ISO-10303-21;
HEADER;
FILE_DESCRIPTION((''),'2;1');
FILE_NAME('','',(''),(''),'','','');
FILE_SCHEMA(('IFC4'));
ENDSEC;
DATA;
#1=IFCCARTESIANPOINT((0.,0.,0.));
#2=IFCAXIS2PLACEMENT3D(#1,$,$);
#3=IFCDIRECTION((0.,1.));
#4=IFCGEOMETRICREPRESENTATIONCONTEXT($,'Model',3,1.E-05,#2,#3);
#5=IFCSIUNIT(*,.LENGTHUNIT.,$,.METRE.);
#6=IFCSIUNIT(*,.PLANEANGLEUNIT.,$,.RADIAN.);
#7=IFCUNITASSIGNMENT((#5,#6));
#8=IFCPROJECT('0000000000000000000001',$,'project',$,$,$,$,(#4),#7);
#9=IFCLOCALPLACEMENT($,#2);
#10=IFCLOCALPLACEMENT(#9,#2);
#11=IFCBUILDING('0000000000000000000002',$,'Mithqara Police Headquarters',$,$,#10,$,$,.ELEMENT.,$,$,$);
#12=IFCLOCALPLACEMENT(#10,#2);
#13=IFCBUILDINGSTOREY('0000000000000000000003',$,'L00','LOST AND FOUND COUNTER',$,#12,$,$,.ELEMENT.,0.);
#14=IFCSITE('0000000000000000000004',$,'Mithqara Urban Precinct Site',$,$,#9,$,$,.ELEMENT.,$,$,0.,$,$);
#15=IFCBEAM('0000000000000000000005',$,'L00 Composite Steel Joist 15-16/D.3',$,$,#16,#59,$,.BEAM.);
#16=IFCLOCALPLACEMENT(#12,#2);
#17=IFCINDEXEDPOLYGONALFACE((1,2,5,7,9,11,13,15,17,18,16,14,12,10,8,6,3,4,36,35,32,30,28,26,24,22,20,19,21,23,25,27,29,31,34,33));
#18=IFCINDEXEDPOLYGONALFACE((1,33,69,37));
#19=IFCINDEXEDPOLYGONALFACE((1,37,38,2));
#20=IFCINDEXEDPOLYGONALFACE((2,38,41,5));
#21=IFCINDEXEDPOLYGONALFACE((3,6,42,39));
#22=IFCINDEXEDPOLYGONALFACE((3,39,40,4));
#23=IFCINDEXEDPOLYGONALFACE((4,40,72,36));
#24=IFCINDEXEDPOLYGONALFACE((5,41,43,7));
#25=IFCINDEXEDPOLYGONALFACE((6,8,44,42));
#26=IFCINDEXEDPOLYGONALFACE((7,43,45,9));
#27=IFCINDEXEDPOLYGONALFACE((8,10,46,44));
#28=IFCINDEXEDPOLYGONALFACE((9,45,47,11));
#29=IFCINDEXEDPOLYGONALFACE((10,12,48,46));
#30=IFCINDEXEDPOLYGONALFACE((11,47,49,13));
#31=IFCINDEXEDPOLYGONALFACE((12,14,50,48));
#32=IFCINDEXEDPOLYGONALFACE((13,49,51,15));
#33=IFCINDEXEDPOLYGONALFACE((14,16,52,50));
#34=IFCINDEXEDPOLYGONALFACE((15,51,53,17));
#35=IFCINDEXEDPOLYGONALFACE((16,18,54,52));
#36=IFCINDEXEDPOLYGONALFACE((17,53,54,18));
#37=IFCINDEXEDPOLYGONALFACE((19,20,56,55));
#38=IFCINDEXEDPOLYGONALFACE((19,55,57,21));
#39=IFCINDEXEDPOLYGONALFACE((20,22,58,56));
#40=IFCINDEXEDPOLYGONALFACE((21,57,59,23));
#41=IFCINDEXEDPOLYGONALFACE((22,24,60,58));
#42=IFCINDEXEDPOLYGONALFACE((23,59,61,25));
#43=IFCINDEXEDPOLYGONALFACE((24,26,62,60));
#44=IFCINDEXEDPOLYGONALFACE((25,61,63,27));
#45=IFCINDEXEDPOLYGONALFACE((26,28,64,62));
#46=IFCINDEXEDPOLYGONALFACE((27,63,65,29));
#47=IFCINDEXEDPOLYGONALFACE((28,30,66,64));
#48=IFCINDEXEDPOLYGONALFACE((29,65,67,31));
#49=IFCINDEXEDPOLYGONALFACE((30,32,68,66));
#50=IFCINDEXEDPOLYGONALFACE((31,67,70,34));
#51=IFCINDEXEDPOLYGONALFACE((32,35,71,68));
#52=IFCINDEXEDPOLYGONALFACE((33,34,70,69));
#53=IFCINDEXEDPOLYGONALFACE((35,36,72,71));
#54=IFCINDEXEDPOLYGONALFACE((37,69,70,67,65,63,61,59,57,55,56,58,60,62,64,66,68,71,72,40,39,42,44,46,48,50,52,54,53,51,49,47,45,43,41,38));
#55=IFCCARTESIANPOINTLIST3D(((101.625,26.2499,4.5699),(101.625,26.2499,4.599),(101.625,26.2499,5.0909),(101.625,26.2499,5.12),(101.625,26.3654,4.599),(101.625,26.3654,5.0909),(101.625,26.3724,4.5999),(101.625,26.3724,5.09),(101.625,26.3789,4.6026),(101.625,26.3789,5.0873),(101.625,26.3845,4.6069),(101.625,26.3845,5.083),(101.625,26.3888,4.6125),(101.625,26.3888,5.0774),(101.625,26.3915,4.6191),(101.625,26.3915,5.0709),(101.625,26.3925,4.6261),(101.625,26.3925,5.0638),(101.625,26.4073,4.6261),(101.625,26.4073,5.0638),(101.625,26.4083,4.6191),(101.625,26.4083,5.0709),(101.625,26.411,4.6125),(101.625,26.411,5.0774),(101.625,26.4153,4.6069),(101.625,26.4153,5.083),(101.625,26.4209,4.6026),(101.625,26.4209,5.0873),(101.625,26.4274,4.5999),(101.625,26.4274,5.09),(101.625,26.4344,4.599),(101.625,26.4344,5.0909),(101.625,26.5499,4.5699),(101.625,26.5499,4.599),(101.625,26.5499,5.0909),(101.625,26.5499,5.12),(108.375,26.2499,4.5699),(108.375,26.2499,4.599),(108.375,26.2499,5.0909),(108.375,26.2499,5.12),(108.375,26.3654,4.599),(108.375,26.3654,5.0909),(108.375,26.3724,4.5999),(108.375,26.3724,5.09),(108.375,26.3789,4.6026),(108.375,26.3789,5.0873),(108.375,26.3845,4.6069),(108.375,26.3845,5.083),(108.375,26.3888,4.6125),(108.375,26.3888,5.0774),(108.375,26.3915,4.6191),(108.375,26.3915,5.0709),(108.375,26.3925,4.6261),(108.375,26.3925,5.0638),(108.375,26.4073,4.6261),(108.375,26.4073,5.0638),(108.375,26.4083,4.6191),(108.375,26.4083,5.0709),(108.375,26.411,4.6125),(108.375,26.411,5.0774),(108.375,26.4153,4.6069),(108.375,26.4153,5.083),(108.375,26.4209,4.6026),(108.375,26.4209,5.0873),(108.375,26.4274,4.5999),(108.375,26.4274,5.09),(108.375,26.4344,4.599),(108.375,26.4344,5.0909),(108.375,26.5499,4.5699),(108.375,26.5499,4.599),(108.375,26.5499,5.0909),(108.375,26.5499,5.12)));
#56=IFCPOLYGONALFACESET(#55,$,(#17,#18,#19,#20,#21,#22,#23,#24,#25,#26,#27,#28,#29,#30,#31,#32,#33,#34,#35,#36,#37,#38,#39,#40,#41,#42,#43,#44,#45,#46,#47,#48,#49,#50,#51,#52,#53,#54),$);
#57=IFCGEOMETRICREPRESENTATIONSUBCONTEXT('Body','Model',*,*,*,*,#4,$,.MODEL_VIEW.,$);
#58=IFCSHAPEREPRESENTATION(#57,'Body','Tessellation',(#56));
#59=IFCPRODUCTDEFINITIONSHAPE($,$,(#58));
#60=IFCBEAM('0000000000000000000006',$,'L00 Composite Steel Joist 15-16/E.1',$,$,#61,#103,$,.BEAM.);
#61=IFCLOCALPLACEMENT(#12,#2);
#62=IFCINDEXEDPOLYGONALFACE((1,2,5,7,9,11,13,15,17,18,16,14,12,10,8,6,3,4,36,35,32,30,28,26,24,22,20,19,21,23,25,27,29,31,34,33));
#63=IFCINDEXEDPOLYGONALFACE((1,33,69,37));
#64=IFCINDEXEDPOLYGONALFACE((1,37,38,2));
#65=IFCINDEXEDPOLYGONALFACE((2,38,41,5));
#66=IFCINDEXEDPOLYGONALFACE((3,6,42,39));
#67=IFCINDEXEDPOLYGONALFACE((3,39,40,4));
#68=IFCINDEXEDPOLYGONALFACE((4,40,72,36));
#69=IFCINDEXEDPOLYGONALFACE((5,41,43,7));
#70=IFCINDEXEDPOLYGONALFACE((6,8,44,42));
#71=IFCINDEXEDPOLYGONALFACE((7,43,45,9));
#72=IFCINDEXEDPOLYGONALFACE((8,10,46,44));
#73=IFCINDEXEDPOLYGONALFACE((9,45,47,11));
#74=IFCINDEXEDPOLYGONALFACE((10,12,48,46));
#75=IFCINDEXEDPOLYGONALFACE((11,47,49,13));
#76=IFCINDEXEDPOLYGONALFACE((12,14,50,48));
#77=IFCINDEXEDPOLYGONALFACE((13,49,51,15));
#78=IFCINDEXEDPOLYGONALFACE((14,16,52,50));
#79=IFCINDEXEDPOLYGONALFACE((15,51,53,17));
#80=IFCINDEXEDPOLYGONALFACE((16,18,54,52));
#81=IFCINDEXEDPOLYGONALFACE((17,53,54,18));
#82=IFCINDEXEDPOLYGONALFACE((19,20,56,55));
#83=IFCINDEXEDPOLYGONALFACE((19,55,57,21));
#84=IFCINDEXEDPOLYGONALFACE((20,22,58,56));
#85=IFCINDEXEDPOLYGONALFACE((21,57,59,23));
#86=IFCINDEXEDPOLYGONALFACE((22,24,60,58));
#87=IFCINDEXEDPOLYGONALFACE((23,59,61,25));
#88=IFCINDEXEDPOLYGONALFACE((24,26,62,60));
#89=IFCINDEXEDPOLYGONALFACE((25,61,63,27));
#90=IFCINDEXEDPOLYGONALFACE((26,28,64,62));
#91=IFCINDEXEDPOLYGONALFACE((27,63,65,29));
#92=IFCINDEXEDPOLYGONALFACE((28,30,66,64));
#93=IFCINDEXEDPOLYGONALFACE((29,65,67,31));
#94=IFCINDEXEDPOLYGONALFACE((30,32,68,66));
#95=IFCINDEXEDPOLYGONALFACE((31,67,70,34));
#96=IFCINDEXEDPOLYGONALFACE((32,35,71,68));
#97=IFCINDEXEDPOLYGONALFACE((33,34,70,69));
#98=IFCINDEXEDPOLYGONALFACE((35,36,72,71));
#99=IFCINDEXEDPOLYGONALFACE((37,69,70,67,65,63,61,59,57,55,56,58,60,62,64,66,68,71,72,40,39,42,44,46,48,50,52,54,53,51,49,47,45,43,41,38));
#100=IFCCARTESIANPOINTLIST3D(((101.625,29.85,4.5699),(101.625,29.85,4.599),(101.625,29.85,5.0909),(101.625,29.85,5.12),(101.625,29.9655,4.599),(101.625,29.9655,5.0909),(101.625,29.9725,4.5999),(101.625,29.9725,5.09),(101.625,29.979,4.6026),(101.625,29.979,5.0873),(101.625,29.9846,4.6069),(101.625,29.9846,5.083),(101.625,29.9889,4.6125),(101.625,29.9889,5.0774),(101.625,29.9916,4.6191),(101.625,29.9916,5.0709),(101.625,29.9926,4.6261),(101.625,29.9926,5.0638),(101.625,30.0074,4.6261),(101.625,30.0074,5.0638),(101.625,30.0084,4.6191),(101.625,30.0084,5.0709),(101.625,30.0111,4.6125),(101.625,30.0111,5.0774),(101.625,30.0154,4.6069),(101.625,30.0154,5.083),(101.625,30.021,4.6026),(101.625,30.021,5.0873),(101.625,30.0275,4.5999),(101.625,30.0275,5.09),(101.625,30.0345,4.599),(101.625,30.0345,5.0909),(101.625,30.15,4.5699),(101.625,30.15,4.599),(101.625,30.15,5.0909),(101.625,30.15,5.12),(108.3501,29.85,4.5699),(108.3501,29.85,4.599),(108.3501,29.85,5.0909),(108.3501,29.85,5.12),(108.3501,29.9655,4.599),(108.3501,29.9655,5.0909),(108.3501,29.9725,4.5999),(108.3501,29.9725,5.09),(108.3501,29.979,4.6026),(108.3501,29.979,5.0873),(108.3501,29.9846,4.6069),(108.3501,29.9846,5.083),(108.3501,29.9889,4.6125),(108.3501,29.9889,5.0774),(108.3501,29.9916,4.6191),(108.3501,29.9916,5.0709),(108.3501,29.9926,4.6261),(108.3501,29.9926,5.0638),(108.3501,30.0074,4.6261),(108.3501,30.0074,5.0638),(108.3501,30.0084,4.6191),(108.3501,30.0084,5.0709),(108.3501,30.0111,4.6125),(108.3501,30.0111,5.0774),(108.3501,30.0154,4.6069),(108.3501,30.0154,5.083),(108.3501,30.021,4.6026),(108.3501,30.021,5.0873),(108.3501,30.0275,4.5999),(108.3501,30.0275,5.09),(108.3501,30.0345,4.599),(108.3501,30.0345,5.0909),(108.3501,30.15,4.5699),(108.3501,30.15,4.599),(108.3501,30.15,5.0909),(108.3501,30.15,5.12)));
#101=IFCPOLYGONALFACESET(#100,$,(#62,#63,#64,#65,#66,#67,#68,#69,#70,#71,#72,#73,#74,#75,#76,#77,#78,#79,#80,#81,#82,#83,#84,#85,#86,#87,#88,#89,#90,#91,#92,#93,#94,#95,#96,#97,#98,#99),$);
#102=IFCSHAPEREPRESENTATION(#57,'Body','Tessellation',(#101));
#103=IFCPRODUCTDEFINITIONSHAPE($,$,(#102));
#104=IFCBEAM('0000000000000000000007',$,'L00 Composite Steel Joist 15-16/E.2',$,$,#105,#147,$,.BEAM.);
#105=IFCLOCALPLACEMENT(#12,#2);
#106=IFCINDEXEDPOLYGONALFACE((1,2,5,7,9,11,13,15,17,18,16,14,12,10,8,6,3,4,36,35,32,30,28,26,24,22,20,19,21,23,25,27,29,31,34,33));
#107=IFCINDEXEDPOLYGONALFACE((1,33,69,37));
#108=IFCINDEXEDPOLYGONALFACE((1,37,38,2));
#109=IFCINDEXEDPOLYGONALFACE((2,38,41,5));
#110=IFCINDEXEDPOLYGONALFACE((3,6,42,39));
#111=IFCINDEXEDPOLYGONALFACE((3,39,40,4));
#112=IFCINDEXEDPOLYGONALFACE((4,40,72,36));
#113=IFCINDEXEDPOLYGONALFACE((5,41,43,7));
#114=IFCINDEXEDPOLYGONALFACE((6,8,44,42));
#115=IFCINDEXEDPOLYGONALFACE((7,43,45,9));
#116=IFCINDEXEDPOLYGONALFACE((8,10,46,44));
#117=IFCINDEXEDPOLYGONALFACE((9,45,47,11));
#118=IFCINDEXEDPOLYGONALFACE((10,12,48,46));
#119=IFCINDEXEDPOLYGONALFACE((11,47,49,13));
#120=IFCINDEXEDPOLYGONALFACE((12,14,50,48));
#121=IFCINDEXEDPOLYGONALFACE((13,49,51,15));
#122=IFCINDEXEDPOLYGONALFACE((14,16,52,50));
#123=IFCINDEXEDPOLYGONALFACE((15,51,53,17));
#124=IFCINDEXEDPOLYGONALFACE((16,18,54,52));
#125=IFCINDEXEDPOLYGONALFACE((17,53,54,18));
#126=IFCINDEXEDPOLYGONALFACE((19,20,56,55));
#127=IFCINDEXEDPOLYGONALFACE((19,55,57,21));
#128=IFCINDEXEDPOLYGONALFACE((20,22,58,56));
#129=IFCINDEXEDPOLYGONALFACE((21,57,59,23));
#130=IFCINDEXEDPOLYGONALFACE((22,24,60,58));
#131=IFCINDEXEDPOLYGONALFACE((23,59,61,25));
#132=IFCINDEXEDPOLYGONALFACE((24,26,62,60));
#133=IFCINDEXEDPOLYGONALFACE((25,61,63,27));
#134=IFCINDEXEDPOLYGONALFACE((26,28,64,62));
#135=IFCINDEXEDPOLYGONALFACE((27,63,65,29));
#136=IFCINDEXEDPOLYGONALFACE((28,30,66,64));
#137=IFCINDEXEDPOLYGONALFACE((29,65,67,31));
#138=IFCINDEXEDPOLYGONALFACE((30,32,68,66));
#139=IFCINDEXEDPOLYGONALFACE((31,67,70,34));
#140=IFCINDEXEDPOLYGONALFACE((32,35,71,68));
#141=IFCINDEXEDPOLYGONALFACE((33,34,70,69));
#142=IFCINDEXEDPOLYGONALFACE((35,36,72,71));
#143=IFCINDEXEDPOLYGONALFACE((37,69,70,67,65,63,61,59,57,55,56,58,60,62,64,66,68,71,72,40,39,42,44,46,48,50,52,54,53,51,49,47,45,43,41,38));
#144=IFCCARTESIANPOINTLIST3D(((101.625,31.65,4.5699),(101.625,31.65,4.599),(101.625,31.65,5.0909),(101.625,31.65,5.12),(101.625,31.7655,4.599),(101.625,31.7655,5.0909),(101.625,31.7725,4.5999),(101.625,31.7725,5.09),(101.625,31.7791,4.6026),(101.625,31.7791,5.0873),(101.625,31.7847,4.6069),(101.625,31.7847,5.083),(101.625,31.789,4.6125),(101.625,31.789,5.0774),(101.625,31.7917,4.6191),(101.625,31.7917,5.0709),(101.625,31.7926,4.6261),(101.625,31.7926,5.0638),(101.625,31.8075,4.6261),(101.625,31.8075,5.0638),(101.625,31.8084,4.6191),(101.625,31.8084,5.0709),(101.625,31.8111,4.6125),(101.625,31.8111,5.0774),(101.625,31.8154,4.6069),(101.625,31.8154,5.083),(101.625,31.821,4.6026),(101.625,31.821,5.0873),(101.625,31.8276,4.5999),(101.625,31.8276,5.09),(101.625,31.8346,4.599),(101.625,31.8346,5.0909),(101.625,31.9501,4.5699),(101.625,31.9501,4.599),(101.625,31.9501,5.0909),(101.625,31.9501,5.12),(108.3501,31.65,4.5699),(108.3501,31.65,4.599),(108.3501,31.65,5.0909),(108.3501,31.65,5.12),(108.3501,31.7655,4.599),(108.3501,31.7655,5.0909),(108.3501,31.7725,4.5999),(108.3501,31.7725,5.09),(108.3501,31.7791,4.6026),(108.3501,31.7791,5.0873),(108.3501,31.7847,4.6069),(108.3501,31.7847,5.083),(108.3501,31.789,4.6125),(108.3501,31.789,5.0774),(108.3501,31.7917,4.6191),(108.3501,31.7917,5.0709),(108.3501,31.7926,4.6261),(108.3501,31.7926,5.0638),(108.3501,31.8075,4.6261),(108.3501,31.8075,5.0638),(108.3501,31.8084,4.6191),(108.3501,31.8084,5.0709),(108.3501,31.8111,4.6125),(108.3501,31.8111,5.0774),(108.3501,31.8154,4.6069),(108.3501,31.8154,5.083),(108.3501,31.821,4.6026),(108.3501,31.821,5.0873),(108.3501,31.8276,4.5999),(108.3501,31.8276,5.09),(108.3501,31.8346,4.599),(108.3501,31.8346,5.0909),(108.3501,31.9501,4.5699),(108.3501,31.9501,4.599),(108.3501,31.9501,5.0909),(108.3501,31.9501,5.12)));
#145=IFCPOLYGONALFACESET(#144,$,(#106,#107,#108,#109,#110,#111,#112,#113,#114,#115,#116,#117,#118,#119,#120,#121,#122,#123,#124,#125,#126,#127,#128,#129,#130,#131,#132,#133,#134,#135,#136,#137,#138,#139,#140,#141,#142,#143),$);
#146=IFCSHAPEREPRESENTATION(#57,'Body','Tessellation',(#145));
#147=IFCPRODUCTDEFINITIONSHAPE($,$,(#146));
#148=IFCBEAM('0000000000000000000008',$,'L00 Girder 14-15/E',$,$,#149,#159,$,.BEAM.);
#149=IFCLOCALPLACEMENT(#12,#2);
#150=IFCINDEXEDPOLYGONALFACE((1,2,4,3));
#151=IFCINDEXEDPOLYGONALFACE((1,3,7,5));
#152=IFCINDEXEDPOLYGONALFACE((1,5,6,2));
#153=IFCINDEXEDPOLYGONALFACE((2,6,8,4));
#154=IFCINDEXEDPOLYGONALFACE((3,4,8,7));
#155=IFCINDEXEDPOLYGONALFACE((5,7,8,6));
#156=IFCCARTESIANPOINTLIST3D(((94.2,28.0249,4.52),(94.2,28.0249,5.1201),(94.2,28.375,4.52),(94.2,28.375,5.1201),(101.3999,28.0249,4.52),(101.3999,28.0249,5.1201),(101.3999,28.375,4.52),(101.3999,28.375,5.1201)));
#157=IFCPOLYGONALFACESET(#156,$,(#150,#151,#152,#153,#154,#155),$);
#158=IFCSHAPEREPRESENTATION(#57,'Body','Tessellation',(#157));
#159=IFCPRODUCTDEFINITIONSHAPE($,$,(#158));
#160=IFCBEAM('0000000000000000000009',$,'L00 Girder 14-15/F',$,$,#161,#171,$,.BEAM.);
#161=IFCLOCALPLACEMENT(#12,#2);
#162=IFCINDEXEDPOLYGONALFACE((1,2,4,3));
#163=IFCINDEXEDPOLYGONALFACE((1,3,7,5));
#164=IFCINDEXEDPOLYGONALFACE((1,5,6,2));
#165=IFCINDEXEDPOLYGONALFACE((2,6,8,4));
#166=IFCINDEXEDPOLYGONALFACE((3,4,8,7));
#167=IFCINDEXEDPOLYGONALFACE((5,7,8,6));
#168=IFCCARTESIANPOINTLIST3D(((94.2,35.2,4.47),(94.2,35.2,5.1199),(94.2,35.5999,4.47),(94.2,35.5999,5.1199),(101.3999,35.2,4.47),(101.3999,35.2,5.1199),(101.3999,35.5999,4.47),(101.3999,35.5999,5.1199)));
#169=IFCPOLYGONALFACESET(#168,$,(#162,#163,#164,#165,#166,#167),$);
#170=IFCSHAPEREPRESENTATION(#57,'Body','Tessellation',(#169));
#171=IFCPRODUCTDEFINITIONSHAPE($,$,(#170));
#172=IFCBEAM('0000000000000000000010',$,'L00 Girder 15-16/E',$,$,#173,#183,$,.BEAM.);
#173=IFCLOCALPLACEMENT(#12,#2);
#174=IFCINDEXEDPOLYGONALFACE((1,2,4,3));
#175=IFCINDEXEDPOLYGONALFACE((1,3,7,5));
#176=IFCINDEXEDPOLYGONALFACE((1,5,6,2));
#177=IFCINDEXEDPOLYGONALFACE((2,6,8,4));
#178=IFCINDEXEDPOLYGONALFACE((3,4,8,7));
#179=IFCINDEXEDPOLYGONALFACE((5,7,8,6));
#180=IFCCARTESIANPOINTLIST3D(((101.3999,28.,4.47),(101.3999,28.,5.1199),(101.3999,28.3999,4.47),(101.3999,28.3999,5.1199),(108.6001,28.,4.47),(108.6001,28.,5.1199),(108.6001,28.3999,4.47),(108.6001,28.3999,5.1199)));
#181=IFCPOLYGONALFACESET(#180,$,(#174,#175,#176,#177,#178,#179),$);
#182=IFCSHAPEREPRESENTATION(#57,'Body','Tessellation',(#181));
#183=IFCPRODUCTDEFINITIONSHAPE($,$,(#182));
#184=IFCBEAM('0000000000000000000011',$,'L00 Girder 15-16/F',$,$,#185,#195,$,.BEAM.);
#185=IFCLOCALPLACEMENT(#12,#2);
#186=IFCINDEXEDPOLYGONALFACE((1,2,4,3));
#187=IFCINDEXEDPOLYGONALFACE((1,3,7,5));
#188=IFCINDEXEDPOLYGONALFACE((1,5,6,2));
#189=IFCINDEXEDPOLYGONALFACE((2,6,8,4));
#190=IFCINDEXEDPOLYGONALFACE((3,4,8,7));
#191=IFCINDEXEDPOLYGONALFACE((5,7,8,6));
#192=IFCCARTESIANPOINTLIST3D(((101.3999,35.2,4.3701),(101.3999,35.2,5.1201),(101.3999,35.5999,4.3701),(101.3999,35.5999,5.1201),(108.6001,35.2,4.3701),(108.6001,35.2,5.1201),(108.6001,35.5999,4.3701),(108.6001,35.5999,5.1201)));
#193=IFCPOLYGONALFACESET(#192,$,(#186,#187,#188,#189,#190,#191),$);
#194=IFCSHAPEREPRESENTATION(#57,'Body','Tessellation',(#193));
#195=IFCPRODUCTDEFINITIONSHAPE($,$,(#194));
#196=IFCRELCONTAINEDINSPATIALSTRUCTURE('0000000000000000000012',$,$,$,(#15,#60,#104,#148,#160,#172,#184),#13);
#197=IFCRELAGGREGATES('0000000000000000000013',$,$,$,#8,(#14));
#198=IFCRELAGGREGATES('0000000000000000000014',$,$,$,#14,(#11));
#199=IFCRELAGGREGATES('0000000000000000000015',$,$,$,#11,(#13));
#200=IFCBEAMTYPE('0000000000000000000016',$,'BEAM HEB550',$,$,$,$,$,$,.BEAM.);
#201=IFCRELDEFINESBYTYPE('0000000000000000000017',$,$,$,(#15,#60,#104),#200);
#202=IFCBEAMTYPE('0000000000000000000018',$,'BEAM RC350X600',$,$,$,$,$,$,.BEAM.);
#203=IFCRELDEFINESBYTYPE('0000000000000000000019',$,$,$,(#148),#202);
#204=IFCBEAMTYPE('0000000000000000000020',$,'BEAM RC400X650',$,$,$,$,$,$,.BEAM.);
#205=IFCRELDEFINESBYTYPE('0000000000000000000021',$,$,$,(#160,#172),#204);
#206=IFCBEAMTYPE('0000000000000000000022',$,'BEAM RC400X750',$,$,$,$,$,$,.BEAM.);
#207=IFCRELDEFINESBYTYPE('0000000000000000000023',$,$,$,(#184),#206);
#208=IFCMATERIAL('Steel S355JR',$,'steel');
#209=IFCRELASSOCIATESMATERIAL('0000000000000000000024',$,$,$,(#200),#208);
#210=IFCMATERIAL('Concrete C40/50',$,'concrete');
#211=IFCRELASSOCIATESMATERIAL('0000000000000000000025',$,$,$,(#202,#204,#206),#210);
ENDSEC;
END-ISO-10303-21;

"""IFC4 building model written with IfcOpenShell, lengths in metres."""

from ifc_helpers import new_model, si_unit, direction, frame, origin, origin_2d, place, context, subcontext, project, spatial, rectangle, i_section, extrude, material, material_profile, profile_set, type_object, element, save


model = new_model("IFC4")

# Units and contexts
model_context = context("Model", 3, precision=1e-05, world=origin(), true_north=direction((0.0, 1.0)))
body_context = subcontext(model_context, "Body", "Model", "MODEL_VIEW")
ifc_project = project(units=[si_unit("LENGTHUNIT", "METRE"), si_unit("PLANEANGLEUNIT", "RADIAN")], contexts=[model_context])

# Site, building, storey
site_placement = place(None, origin())
site = spatial("IfcSite", under=ifc_project, at=site_placement, Name="Mithqara Urban Precinct Site", CompositionType="ELEMENT", RefElevation=0.0)
building_placement = place(site_placement, origin())
building = spatial("IfcBuilding", under=site, at=building_placement, Name="Mithqara Police Headquarters", CompositionType="ELEMENT")
storey_placement = place(building_placement, origin())
storey = spatial("IfcBuildingStorey", under=building, at=storey_placement, Name="L00", Description="LOST AND FOUND COUNTER", CompositionType="ELEMENT", Elevation=0.0)

# Beams
ifc_material_1 = material(Name="Steel S355JR", Category="steel")
ifc_material_profile_1 = material_profile(ifc_material_1, i_section(OverallWidth=0.3, OverallDepth=0.55, WebThickness=0.0149, FlangeThickness=0.0291, FilletRadius=0.0271, at=origin_2d()), Name="HEB 550")
ifc_profile_set_1 = profile_set([ifc_material_profile_1], Name="Steel S355JR")
beam_type_1 = type_object("IfcBeamType", Name="BEAM HEB550", PredefinedType="BEAM", material=ifc_profile_set_1)
for number, where, z_axis, x_axis, name in (
    (1, (101.625, 26.3999, 4.845), (1.0, 0.0, 0.0), (0.0, 1.0, 0.0), "L00 Composite Steel Joist 15-16/D.3"),
):
    element("IfcBeam", number, at=place(storey_placement, frame(where, z_axis=z_axis, x_axis=x_axis)), inside=storey, type_object=beam_type_1, Name=name, PredefinedType="BEAM", context=body_context, shape_type="SweptSolid", body=[
        extrude(i_section(OverallWidth=0.3, OverallDepth=0.55, WebThickness=0.0149, FlangeThickness=0.0291, FilletRadius=0.0271, at=origin_2d()), origin(), (0.0, 0.0, 1.0), 6.75),
    ])
for number, where, z_axis, x_axis, name in (
    (2, (101.625, 30.0, 4.845), (1.0, 0.0, 0.0), (0.0, 1.0, 0.0), "L00 Composite Steel Joist 15-16/E.1"),
    (3, (101.625, 31.8, 4.845), (1.0, 0.0, 0.0), (0.0, 1.0, 0.0), "L00 Composite Steel Joist 15-16/E.2"),
):
    element("IfcBeam", number, at=place(storey_placement, frame(where, z_axis=z_axis, x_axis=x_axis)), inside=storey, type_object=beam_type_1, Name=name, PredefinedType="BEAM", context=body_context, shape_type="SweptSolid", body=[
        extrude(i_section(OverallWidth=0.3, OverallDepth=0.55, WebThickness=0.0149, FlangeThickness=0.0291, FilletRadius=0.0271, at=origin_2d()), origin(), (0.0, 0.0, 1.0), 6.7251),
    ])
ifc_material_2 = material(Name="Concrete C40/50", Category="concrete")
ifc_material_profile_2 = material_profile(ifc_material_2, rectangle(XDim=0.3501, YDim=0.6001, at=origin_2d()), Name="RC 350x600")
ifc_profile_set_2 = profile_set([ifc_material_profile_2], Name="Concrete C40/50")
beam_type_2 = type_object("IfcBeamType", Name="BEAM RC350X600", PredefinedType="BEAM", material=ifc_profile_set_2)
beam_1_placement = place(storey_placement, frame((94.2, 28.2, 4.8201), z_axis=(1.0, 0.0, 0.0), x_axis=(0.0, 1.0, 0.0)))
element("IfcBeam", 4, at=beam_1_placement, inside=storey, type_object=beam_type_2, Name="L00 Girder 14-15/E", PredefinedType="BEAM", context=body_context, shape_type="SweptSolid", body=[
    extrude(rectangle(XDim=0.3501, YDim=0.6001, at=origin_2d()), origin(), (0.0, 0.0, 1.0), 7.2),
])
ifc_material_profile_3 = material_profile(ifc_material_2, rectangle(XDim=0.3999, YDim=0.6499, at=origin_2d()), Name="RC 400x650")
ifc_profile_set_3 = profile_set([ifc_material_profile_3], Name="Concrete C40/50")
beam_type_3 = type_object("IfcBeamType", Name="BEAM RC400X650", PredefinedType="BEAM", material=ifc_profile_set_3)
beam_2_placement = place(storey_placement, frame((94.2, 35.3999, 4.7949), z_axis=(1.0, 0.0, 0.0), x_axis=(0.0, 1.0, 0.0)))
element("IfcBeam", 5, at=beam_2_placement, inside=storey, type_object=beam_type_3, Name="L00 Girder 14-15/F", PredefinedType="BEAM", context=body_context, shape_type="SweptSolid", body=[
    extrude(rectangle(XDim=0.3999, YDim=0.6499, at=origin_2d()), origin(), (0.0, 0.0, 1.0), 7.2),
])
beam_3_placement = place(storey_placement, frame((101.3999, 28.2, 4.7949), z_axis=(1.0, 0.0, 0.0), x_axis=(0.0, 1.0, 0.0)))
element("IfcBeam", 6, at=beam_3_placement, inside=storey, type_object=beam_type_3, Name="L00 Girder 15-16/E", PredefinedType="BEAM", context=body_context, shape_type="SweptSolid", body=[
    extrude(rectangle(XDim=0.3999, YDim=0.6499, at=origin_2d()), origin(), (0.0, 0.0, 1.0), 7.2002),
])
ifc_material_profile_4 = material_profile(ifc_material_2, rectangle(XDim=0.3999, YDim=0.75, at=origin_2d()), Name="RC 400x750")
ifc_profile_set_4 = profile_set([ifc_material_profile_4], Name="Concrete C40/50")
beam_type_4 = type_object("IfcBeamType", Name="BEAM RC400X750", PredefinedType="BEAM", material=ifc_profile_set_4)
beam_4_placement = place(storey_placement, frame((101.3999, 35.3999, 4.7451), z_axis=(1.0, 0.0, 0.0), x_axis=(0.0, 1.0, 0.0)))
element("IfcBeam", 7, at=beam_4_placement, inside=storey, type_object=beam_type_4, Name="L00 Girder 15-16/F", PredefinedType="BEAM", context=body_context, shape_type="SweptSolid", body=[
    extrude(rectangle(XDim=0.3999, YDim=0.75, at=origin_2d()), origin(), (0.0, 0.0, 1.0), 7.2002),
])

save(model, "model.ifc")
